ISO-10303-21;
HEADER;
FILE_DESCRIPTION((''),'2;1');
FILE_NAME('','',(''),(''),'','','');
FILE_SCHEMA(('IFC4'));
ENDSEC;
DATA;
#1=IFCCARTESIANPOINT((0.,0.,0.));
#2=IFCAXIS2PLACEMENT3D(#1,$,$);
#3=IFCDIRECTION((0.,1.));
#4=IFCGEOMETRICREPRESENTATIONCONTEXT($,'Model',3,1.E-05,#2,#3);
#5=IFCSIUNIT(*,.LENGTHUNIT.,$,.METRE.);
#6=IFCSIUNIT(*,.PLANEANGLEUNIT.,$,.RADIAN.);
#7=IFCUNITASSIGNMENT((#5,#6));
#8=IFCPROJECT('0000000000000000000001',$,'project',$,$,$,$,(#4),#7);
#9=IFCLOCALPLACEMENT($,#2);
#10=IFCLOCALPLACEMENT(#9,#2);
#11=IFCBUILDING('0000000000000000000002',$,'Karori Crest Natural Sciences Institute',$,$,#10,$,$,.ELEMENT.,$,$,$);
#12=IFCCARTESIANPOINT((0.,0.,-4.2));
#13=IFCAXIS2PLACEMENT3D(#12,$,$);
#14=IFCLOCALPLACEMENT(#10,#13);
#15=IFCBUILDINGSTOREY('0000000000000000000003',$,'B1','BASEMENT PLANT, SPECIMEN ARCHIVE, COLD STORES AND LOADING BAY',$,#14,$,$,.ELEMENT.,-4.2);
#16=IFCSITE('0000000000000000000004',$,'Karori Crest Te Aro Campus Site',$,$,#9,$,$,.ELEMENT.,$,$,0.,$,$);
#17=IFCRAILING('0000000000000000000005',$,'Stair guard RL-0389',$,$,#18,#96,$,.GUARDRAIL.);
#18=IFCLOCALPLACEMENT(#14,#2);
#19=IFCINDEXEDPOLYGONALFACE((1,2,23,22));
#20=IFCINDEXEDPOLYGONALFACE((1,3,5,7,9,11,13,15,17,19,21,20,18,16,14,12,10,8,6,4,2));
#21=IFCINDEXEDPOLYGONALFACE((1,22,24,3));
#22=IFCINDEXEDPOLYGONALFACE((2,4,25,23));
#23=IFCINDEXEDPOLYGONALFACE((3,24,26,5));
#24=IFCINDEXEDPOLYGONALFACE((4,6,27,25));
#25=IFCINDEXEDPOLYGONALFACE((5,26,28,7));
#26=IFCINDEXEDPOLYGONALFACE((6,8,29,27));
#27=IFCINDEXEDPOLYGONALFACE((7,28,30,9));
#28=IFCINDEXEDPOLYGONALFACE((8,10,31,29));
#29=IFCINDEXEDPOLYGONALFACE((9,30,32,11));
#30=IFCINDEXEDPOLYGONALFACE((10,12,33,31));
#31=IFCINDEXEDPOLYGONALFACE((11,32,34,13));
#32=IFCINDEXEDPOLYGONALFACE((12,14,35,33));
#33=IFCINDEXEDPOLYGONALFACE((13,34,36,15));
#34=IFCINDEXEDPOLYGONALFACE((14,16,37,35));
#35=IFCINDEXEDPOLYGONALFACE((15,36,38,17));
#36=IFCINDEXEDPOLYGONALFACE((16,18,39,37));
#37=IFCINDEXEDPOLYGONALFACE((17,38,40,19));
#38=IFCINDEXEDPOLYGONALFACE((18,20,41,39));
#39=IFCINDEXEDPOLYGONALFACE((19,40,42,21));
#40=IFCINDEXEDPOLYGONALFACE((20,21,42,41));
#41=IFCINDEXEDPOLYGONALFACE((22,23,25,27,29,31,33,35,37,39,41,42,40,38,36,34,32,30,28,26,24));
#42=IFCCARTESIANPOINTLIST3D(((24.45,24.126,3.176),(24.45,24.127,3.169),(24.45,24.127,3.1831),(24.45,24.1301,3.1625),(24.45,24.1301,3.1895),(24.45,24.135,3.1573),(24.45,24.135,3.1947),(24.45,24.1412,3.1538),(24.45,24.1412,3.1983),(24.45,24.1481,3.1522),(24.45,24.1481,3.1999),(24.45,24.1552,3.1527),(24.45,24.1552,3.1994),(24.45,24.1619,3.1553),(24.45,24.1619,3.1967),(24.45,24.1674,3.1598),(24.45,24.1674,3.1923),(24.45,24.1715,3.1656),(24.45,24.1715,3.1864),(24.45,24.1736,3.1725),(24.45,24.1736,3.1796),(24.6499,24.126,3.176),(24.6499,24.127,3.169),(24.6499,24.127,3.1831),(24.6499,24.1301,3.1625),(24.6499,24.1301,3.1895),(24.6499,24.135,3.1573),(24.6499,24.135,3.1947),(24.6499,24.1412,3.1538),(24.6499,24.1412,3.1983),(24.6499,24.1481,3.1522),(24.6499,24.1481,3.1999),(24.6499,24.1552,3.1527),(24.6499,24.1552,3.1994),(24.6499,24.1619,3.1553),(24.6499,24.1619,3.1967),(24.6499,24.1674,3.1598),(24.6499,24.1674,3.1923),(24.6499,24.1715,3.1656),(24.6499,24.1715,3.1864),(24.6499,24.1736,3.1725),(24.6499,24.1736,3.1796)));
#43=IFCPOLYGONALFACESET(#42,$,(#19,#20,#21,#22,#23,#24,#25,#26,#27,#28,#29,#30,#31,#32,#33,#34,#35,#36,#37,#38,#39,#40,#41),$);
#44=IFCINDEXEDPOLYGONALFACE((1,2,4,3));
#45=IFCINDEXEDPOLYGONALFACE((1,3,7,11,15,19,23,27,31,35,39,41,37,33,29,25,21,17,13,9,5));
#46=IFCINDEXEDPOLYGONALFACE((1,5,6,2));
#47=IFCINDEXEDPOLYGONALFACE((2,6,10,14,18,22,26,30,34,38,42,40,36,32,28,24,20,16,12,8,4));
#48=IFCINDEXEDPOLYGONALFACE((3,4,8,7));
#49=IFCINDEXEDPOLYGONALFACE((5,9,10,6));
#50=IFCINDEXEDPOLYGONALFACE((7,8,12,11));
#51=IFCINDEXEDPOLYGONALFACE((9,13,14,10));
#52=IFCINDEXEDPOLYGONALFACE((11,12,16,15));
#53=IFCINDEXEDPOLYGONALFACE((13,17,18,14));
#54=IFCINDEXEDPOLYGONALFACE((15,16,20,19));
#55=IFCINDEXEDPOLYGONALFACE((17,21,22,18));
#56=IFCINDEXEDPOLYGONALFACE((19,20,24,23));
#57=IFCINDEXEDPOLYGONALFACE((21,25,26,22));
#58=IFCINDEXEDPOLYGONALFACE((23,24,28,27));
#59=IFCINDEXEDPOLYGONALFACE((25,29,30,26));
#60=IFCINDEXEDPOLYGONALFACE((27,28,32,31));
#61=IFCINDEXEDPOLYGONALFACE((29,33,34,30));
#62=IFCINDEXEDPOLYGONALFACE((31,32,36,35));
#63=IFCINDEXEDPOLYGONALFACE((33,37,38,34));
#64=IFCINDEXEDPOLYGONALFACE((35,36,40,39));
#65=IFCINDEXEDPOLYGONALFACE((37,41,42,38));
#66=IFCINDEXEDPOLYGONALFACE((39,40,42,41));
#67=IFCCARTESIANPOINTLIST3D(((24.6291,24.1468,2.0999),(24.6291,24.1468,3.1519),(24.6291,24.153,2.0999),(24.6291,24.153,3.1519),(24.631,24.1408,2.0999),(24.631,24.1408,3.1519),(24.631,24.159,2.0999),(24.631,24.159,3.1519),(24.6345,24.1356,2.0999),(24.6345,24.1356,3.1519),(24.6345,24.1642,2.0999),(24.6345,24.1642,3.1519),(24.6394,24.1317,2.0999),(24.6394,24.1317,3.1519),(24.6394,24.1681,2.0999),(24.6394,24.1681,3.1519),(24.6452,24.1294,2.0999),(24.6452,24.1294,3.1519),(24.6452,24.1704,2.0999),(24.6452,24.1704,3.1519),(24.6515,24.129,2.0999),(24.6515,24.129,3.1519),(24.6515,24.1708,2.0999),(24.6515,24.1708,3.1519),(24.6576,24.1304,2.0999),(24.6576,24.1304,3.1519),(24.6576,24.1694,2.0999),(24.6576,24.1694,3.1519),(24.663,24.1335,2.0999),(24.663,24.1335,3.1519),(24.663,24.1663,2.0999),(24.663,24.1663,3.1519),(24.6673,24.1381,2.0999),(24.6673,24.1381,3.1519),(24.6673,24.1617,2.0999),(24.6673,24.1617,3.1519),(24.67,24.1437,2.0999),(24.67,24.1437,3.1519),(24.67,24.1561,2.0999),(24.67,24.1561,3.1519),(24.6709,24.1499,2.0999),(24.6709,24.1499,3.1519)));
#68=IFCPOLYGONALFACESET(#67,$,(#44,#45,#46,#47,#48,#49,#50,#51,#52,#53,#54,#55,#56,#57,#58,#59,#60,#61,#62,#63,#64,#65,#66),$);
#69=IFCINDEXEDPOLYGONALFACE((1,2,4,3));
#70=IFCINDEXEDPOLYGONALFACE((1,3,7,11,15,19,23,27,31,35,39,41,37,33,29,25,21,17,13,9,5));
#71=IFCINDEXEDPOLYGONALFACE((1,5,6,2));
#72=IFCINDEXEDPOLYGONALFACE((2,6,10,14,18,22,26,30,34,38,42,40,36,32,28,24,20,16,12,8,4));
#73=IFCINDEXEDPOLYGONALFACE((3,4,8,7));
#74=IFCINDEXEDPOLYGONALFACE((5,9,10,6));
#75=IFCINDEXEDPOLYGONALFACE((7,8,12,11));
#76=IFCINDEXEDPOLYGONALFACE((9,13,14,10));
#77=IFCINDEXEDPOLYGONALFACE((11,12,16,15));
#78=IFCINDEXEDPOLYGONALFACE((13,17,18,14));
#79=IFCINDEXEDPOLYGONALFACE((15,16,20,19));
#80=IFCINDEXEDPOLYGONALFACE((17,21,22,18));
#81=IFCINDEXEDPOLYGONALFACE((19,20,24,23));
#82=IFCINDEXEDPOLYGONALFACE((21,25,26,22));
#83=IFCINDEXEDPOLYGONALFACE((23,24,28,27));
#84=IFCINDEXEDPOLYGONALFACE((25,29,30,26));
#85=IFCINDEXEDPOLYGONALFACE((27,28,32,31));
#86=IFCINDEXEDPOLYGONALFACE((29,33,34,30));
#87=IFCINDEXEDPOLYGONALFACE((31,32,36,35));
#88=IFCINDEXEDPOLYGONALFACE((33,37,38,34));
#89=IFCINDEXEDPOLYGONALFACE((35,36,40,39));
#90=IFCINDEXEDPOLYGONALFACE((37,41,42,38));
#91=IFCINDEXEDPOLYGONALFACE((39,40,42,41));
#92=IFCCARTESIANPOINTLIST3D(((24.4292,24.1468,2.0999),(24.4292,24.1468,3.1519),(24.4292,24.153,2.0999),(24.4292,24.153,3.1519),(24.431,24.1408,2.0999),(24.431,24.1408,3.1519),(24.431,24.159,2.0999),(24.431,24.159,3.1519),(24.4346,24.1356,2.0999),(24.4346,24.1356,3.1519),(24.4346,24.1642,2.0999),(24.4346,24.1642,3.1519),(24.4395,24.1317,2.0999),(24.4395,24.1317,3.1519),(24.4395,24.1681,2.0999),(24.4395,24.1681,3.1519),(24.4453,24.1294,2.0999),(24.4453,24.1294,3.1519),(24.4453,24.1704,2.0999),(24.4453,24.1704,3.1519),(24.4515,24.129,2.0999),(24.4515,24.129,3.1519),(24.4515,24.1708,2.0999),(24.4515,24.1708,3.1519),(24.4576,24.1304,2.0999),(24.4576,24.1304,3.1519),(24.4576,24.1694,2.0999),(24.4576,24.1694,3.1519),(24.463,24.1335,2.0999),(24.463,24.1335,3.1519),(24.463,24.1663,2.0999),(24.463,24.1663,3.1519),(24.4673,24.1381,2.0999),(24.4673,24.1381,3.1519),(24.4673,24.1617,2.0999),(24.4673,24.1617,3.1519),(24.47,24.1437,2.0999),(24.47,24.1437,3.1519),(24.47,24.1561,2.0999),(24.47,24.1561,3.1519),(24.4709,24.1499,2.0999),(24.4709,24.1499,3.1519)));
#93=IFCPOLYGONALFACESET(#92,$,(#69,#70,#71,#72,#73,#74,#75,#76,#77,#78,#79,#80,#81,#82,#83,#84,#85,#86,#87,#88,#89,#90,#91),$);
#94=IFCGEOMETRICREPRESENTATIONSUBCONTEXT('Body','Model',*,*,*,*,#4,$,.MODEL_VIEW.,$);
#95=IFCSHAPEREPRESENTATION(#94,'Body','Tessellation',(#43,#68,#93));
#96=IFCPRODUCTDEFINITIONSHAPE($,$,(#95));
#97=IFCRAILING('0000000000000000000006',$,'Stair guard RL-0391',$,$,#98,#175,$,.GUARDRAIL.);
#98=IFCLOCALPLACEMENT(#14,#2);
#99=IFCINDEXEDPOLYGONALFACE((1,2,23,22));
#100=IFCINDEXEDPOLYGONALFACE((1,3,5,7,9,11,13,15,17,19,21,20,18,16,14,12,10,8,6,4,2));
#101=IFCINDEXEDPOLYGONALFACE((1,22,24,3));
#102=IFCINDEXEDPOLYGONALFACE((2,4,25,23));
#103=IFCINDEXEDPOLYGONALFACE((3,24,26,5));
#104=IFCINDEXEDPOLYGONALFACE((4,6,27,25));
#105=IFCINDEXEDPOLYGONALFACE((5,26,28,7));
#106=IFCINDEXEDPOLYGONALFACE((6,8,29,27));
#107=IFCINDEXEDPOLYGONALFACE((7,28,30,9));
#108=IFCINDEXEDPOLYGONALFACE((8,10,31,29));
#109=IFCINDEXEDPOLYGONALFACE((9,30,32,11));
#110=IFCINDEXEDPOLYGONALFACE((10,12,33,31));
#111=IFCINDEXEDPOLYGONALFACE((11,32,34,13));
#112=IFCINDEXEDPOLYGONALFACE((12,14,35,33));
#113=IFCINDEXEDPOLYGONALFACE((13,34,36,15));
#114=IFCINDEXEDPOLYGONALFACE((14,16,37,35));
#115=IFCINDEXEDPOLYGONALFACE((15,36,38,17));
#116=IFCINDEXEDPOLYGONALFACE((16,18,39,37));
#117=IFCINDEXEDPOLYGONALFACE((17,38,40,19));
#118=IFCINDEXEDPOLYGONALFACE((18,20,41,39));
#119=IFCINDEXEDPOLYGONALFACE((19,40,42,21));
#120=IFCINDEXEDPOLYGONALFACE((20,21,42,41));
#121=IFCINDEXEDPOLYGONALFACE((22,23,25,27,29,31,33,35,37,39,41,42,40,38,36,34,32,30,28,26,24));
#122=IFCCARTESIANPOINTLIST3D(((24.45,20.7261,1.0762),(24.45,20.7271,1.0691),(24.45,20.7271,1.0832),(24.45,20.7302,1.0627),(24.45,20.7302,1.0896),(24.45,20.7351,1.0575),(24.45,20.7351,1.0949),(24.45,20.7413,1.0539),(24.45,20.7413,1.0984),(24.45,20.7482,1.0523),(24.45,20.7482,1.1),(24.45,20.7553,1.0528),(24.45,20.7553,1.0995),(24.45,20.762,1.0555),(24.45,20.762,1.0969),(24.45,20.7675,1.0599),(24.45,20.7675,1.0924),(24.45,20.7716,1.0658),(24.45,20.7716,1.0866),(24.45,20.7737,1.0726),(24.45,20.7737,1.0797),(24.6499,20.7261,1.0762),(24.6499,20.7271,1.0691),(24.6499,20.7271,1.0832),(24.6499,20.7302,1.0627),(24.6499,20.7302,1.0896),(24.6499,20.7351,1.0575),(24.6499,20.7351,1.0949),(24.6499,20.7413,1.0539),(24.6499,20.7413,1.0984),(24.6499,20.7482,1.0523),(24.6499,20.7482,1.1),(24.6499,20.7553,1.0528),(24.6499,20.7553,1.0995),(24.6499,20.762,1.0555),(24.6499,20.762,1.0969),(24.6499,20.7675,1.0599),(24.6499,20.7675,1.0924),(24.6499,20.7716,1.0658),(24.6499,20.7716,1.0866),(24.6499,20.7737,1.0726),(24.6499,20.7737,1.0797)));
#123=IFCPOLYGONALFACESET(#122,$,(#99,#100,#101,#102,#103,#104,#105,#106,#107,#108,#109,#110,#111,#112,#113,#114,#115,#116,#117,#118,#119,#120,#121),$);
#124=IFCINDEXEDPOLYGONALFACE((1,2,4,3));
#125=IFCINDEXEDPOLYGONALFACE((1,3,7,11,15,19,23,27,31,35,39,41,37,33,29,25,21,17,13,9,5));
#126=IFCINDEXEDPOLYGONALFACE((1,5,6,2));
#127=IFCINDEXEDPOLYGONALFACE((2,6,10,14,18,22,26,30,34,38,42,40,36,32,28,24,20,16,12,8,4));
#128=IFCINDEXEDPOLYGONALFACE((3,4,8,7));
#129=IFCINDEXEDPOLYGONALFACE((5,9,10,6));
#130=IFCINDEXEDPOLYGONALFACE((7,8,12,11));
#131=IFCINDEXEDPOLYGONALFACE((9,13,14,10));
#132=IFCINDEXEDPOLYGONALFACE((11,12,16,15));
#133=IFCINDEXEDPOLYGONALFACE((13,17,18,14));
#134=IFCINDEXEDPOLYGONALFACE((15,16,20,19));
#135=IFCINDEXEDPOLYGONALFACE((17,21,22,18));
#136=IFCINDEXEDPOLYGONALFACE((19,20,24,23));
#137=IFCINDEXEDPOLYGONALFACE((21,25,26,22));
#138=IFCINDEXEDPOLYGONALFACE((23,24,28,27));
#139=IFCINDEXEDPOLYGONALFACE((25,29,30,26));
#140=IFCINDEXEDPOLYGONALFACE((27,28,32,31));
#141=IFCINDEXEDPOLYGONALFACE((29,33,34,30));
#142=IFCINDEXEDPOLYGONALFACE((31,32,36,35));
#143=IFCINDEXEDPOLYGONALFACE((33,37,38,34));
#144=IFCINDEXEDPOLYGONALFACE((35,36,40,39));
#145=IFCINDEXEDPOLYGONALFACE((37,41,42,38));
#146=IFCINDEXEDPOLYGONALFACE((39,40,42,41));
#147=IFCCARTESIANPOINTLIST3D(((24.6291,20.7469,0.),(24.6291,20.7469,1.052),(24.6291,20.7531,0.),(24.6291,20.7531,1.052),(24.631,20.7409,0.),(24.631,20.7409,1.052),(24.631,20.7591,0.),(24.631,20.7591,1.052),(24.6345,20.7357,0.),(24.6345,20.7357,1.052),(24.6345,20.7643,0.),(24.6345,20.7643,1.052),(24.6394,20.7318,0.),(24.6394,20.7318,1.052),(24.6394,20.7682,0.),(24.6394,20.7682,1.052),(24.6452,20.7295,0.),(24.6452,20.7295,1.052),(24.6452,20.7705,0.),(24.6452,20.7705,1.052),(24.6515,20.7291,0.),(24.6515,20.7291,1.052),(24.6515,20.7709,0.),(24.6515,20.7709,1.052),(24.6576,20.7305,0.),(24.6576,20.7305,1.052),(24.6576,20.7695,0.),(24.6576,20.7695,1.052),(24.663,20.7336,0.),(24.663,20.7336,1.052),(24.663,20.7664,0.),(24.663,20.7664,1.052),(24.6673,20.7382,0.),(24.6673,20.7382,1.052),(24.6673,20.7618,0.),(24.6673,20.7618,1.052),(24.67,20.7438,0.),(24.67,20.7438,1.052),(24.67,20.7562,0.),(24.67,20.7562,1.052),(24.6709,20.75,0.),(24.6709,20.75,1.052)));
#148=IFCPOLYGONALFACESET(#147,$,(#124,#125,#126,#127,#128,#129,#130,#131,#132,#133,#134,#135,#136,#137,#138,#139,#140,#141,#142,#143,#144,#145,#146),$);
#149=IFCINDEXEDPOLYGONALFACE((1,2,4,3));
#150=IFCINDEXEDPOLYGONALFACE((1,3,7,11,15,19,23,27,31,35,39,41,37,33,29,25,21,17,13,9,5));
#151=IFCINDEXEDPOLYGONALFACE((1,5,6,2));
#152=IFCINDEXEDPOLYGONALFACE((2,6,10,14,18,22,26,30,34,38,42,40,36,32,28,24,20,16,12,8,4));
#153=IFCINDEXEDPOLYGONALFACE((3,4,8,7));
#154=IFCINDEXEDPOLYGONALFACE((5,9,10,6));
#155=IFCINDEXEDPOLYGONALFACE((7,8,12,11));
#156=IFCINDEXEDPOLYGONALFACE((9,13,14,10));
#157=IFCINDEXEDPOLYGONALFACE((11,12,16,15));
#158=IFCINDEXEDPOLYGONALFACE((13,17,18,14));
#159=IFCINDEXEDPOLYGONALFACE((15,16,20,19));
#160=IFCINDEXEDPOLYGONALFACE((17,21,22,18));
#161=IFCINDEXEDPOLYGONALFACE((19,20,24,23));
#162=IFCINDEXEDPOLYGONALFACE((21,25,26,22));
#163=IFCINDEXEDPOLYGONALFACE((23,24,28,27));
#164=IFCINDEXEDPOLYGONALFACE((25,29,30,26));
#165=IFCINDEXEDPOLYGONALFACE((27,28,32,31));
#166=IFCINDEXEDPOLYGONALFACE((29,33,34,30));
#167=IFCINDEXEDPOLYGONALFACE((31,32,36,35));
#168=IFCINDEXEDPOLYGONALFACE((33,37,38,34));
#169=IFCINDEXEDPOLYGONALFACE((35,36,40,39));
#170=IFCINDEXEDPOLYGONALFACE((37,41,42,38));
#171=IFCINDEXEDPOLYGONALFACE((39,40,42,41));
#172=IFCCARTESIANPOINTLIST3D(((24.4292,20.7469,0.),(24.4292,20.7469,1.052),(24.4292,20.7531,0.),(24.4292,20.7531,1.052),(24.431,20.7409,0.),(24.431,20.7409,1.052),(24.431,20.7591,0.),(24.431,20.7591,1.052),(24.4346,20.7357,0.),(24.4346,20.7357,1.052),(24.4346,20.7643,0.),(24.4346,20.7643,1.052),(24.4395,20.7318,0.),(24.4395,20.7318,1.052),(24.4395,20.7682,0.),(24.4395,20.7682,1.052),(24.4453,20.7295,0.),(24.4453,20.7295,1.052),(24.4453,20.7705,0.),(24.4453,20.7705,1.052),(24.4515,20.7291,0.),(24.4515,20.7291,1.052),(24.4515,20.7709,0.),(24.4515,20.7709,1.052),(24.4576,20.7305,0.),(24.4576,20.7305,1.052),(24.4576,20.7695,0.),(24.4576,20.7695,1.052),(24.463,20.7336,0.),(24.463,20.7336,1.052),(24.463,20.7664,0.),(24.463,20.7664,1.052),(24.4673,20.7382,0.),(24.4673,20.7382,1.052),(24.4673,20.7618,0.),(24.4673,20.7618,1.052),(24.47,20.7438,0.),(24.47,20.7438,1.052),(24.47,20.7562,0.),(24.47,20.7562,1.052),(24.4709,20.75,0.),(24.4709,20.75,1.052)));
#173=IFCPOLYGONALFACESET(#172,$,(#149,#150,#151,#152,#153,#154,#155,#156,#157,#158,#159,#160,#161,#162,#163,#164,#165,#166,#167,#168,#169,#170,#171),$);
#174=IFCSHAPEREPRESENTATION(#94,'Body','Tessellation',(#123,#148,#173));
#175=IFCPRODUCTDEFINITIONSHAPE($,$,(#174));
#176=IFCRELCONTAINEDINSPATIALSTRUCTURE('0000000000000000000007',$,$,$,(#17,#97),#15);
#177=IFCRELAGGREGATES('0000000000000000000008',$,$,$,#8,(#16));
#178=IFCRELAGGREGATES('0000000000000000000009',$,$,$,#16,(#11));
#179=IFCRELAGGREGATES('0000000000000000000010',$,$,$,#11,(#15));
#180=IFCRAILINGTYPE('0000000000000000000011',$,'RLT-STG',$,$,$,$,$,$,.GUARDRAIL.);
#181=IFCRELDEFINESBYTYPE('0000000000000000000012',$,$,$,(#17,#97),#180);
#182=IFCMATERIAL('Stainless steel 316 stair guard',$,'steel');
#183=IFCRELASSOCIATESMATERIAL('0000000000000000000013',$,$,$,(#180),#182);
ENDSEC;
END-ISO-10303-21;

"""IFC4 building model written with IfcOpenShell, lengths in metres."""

from ifc_helpers import new_model, si_unit, direction, frame, origin, origin_2d, place, context, subcontext, project, spatial, circle, extrude, material, type_object, element, save


model = new_model("IFC4")

# Units and contexts
model_context = context("Model", 3, precision=1e-05, world=origin(), true_north=direction((0.0, 1.0)))
body_context = subcontext(model_context, "Body", "Model", "MODEL_VIEW")
ifc_project = project(units=[si_unit("LENGTHUNIT", "METRE"), si_unit("PLANEANGLEUNIT", "RADIAN")], contexts=[model_context])

# Site, building, storey
site_placement = place(None, origin())
site = spatial("IfcSite", under=ifc_project, at=site_placement, Name="Karori Crest Te Aro Campus Site", CompositionType="ELEMENT", RefElevation=0.0)
building_placement = place(site_placement, origin())
building = spatial("IfcBuilding", under=site, at=building_placement, Name="Karori Crest Natural Sciences Institute", CompositionType="ELEMENT")
storey_placement = place(building_placement, frame((0.0, 0.0, -4.2)))
storey = spatial("IfcBuildingStorey", under=building, at=storey_placement, Name="B1", Description="BASEMENT PLANT, SPECIMEN ARCHIVE, COLD STORES AND LOADING BAY", CompositionType="ELEMENT", Elevation=-4.2)

# Railings
ifc_material_1 = material(Name="Stainless steel 316 stair guard", Category="steel")
railing_type_1 = type_object("IfcRailingType", Name="RLT-STG", PredefinedType="GUARDRAIL", material=ifc_material_1)
for number, where, name in (
    (1, (24.6499, 24.1499, 2.0999), "Stair guard RL-0389"),
    (2, (24.6499, 20.75, 0.0), "Stair guard RL-0391"),
):
    element("IfcRailing", number, at=place(storey_placement, frame(where)), inside=storey, type_object=railing_type_1, Name=name, PredefinedType="GUARDRAIL", context=body_context, shape_type="SweptSolid", body=[
        extrude(circle(Radius=0.0239, at=origin_2d()), frame((0.0, 0.0, 1.0762), z_axis=(-1.0, 0.0, 0.0), x_axis=(0.0, -1.0, 0.0)), (0.0, 0.0, 1.0), 0.2),
        extrude(circle(Radius=0.021, at=origin_2d()), origin(), (0.0, 0.0, 1.0), 1.052),
        extrude(circle(Radius=0.021, at=origin_2d()), frame((-0.2, 0.0, 0.0)), (0.0, 0.0, 1.0), 1.052),
    ])

save(model, "model.ifc")
